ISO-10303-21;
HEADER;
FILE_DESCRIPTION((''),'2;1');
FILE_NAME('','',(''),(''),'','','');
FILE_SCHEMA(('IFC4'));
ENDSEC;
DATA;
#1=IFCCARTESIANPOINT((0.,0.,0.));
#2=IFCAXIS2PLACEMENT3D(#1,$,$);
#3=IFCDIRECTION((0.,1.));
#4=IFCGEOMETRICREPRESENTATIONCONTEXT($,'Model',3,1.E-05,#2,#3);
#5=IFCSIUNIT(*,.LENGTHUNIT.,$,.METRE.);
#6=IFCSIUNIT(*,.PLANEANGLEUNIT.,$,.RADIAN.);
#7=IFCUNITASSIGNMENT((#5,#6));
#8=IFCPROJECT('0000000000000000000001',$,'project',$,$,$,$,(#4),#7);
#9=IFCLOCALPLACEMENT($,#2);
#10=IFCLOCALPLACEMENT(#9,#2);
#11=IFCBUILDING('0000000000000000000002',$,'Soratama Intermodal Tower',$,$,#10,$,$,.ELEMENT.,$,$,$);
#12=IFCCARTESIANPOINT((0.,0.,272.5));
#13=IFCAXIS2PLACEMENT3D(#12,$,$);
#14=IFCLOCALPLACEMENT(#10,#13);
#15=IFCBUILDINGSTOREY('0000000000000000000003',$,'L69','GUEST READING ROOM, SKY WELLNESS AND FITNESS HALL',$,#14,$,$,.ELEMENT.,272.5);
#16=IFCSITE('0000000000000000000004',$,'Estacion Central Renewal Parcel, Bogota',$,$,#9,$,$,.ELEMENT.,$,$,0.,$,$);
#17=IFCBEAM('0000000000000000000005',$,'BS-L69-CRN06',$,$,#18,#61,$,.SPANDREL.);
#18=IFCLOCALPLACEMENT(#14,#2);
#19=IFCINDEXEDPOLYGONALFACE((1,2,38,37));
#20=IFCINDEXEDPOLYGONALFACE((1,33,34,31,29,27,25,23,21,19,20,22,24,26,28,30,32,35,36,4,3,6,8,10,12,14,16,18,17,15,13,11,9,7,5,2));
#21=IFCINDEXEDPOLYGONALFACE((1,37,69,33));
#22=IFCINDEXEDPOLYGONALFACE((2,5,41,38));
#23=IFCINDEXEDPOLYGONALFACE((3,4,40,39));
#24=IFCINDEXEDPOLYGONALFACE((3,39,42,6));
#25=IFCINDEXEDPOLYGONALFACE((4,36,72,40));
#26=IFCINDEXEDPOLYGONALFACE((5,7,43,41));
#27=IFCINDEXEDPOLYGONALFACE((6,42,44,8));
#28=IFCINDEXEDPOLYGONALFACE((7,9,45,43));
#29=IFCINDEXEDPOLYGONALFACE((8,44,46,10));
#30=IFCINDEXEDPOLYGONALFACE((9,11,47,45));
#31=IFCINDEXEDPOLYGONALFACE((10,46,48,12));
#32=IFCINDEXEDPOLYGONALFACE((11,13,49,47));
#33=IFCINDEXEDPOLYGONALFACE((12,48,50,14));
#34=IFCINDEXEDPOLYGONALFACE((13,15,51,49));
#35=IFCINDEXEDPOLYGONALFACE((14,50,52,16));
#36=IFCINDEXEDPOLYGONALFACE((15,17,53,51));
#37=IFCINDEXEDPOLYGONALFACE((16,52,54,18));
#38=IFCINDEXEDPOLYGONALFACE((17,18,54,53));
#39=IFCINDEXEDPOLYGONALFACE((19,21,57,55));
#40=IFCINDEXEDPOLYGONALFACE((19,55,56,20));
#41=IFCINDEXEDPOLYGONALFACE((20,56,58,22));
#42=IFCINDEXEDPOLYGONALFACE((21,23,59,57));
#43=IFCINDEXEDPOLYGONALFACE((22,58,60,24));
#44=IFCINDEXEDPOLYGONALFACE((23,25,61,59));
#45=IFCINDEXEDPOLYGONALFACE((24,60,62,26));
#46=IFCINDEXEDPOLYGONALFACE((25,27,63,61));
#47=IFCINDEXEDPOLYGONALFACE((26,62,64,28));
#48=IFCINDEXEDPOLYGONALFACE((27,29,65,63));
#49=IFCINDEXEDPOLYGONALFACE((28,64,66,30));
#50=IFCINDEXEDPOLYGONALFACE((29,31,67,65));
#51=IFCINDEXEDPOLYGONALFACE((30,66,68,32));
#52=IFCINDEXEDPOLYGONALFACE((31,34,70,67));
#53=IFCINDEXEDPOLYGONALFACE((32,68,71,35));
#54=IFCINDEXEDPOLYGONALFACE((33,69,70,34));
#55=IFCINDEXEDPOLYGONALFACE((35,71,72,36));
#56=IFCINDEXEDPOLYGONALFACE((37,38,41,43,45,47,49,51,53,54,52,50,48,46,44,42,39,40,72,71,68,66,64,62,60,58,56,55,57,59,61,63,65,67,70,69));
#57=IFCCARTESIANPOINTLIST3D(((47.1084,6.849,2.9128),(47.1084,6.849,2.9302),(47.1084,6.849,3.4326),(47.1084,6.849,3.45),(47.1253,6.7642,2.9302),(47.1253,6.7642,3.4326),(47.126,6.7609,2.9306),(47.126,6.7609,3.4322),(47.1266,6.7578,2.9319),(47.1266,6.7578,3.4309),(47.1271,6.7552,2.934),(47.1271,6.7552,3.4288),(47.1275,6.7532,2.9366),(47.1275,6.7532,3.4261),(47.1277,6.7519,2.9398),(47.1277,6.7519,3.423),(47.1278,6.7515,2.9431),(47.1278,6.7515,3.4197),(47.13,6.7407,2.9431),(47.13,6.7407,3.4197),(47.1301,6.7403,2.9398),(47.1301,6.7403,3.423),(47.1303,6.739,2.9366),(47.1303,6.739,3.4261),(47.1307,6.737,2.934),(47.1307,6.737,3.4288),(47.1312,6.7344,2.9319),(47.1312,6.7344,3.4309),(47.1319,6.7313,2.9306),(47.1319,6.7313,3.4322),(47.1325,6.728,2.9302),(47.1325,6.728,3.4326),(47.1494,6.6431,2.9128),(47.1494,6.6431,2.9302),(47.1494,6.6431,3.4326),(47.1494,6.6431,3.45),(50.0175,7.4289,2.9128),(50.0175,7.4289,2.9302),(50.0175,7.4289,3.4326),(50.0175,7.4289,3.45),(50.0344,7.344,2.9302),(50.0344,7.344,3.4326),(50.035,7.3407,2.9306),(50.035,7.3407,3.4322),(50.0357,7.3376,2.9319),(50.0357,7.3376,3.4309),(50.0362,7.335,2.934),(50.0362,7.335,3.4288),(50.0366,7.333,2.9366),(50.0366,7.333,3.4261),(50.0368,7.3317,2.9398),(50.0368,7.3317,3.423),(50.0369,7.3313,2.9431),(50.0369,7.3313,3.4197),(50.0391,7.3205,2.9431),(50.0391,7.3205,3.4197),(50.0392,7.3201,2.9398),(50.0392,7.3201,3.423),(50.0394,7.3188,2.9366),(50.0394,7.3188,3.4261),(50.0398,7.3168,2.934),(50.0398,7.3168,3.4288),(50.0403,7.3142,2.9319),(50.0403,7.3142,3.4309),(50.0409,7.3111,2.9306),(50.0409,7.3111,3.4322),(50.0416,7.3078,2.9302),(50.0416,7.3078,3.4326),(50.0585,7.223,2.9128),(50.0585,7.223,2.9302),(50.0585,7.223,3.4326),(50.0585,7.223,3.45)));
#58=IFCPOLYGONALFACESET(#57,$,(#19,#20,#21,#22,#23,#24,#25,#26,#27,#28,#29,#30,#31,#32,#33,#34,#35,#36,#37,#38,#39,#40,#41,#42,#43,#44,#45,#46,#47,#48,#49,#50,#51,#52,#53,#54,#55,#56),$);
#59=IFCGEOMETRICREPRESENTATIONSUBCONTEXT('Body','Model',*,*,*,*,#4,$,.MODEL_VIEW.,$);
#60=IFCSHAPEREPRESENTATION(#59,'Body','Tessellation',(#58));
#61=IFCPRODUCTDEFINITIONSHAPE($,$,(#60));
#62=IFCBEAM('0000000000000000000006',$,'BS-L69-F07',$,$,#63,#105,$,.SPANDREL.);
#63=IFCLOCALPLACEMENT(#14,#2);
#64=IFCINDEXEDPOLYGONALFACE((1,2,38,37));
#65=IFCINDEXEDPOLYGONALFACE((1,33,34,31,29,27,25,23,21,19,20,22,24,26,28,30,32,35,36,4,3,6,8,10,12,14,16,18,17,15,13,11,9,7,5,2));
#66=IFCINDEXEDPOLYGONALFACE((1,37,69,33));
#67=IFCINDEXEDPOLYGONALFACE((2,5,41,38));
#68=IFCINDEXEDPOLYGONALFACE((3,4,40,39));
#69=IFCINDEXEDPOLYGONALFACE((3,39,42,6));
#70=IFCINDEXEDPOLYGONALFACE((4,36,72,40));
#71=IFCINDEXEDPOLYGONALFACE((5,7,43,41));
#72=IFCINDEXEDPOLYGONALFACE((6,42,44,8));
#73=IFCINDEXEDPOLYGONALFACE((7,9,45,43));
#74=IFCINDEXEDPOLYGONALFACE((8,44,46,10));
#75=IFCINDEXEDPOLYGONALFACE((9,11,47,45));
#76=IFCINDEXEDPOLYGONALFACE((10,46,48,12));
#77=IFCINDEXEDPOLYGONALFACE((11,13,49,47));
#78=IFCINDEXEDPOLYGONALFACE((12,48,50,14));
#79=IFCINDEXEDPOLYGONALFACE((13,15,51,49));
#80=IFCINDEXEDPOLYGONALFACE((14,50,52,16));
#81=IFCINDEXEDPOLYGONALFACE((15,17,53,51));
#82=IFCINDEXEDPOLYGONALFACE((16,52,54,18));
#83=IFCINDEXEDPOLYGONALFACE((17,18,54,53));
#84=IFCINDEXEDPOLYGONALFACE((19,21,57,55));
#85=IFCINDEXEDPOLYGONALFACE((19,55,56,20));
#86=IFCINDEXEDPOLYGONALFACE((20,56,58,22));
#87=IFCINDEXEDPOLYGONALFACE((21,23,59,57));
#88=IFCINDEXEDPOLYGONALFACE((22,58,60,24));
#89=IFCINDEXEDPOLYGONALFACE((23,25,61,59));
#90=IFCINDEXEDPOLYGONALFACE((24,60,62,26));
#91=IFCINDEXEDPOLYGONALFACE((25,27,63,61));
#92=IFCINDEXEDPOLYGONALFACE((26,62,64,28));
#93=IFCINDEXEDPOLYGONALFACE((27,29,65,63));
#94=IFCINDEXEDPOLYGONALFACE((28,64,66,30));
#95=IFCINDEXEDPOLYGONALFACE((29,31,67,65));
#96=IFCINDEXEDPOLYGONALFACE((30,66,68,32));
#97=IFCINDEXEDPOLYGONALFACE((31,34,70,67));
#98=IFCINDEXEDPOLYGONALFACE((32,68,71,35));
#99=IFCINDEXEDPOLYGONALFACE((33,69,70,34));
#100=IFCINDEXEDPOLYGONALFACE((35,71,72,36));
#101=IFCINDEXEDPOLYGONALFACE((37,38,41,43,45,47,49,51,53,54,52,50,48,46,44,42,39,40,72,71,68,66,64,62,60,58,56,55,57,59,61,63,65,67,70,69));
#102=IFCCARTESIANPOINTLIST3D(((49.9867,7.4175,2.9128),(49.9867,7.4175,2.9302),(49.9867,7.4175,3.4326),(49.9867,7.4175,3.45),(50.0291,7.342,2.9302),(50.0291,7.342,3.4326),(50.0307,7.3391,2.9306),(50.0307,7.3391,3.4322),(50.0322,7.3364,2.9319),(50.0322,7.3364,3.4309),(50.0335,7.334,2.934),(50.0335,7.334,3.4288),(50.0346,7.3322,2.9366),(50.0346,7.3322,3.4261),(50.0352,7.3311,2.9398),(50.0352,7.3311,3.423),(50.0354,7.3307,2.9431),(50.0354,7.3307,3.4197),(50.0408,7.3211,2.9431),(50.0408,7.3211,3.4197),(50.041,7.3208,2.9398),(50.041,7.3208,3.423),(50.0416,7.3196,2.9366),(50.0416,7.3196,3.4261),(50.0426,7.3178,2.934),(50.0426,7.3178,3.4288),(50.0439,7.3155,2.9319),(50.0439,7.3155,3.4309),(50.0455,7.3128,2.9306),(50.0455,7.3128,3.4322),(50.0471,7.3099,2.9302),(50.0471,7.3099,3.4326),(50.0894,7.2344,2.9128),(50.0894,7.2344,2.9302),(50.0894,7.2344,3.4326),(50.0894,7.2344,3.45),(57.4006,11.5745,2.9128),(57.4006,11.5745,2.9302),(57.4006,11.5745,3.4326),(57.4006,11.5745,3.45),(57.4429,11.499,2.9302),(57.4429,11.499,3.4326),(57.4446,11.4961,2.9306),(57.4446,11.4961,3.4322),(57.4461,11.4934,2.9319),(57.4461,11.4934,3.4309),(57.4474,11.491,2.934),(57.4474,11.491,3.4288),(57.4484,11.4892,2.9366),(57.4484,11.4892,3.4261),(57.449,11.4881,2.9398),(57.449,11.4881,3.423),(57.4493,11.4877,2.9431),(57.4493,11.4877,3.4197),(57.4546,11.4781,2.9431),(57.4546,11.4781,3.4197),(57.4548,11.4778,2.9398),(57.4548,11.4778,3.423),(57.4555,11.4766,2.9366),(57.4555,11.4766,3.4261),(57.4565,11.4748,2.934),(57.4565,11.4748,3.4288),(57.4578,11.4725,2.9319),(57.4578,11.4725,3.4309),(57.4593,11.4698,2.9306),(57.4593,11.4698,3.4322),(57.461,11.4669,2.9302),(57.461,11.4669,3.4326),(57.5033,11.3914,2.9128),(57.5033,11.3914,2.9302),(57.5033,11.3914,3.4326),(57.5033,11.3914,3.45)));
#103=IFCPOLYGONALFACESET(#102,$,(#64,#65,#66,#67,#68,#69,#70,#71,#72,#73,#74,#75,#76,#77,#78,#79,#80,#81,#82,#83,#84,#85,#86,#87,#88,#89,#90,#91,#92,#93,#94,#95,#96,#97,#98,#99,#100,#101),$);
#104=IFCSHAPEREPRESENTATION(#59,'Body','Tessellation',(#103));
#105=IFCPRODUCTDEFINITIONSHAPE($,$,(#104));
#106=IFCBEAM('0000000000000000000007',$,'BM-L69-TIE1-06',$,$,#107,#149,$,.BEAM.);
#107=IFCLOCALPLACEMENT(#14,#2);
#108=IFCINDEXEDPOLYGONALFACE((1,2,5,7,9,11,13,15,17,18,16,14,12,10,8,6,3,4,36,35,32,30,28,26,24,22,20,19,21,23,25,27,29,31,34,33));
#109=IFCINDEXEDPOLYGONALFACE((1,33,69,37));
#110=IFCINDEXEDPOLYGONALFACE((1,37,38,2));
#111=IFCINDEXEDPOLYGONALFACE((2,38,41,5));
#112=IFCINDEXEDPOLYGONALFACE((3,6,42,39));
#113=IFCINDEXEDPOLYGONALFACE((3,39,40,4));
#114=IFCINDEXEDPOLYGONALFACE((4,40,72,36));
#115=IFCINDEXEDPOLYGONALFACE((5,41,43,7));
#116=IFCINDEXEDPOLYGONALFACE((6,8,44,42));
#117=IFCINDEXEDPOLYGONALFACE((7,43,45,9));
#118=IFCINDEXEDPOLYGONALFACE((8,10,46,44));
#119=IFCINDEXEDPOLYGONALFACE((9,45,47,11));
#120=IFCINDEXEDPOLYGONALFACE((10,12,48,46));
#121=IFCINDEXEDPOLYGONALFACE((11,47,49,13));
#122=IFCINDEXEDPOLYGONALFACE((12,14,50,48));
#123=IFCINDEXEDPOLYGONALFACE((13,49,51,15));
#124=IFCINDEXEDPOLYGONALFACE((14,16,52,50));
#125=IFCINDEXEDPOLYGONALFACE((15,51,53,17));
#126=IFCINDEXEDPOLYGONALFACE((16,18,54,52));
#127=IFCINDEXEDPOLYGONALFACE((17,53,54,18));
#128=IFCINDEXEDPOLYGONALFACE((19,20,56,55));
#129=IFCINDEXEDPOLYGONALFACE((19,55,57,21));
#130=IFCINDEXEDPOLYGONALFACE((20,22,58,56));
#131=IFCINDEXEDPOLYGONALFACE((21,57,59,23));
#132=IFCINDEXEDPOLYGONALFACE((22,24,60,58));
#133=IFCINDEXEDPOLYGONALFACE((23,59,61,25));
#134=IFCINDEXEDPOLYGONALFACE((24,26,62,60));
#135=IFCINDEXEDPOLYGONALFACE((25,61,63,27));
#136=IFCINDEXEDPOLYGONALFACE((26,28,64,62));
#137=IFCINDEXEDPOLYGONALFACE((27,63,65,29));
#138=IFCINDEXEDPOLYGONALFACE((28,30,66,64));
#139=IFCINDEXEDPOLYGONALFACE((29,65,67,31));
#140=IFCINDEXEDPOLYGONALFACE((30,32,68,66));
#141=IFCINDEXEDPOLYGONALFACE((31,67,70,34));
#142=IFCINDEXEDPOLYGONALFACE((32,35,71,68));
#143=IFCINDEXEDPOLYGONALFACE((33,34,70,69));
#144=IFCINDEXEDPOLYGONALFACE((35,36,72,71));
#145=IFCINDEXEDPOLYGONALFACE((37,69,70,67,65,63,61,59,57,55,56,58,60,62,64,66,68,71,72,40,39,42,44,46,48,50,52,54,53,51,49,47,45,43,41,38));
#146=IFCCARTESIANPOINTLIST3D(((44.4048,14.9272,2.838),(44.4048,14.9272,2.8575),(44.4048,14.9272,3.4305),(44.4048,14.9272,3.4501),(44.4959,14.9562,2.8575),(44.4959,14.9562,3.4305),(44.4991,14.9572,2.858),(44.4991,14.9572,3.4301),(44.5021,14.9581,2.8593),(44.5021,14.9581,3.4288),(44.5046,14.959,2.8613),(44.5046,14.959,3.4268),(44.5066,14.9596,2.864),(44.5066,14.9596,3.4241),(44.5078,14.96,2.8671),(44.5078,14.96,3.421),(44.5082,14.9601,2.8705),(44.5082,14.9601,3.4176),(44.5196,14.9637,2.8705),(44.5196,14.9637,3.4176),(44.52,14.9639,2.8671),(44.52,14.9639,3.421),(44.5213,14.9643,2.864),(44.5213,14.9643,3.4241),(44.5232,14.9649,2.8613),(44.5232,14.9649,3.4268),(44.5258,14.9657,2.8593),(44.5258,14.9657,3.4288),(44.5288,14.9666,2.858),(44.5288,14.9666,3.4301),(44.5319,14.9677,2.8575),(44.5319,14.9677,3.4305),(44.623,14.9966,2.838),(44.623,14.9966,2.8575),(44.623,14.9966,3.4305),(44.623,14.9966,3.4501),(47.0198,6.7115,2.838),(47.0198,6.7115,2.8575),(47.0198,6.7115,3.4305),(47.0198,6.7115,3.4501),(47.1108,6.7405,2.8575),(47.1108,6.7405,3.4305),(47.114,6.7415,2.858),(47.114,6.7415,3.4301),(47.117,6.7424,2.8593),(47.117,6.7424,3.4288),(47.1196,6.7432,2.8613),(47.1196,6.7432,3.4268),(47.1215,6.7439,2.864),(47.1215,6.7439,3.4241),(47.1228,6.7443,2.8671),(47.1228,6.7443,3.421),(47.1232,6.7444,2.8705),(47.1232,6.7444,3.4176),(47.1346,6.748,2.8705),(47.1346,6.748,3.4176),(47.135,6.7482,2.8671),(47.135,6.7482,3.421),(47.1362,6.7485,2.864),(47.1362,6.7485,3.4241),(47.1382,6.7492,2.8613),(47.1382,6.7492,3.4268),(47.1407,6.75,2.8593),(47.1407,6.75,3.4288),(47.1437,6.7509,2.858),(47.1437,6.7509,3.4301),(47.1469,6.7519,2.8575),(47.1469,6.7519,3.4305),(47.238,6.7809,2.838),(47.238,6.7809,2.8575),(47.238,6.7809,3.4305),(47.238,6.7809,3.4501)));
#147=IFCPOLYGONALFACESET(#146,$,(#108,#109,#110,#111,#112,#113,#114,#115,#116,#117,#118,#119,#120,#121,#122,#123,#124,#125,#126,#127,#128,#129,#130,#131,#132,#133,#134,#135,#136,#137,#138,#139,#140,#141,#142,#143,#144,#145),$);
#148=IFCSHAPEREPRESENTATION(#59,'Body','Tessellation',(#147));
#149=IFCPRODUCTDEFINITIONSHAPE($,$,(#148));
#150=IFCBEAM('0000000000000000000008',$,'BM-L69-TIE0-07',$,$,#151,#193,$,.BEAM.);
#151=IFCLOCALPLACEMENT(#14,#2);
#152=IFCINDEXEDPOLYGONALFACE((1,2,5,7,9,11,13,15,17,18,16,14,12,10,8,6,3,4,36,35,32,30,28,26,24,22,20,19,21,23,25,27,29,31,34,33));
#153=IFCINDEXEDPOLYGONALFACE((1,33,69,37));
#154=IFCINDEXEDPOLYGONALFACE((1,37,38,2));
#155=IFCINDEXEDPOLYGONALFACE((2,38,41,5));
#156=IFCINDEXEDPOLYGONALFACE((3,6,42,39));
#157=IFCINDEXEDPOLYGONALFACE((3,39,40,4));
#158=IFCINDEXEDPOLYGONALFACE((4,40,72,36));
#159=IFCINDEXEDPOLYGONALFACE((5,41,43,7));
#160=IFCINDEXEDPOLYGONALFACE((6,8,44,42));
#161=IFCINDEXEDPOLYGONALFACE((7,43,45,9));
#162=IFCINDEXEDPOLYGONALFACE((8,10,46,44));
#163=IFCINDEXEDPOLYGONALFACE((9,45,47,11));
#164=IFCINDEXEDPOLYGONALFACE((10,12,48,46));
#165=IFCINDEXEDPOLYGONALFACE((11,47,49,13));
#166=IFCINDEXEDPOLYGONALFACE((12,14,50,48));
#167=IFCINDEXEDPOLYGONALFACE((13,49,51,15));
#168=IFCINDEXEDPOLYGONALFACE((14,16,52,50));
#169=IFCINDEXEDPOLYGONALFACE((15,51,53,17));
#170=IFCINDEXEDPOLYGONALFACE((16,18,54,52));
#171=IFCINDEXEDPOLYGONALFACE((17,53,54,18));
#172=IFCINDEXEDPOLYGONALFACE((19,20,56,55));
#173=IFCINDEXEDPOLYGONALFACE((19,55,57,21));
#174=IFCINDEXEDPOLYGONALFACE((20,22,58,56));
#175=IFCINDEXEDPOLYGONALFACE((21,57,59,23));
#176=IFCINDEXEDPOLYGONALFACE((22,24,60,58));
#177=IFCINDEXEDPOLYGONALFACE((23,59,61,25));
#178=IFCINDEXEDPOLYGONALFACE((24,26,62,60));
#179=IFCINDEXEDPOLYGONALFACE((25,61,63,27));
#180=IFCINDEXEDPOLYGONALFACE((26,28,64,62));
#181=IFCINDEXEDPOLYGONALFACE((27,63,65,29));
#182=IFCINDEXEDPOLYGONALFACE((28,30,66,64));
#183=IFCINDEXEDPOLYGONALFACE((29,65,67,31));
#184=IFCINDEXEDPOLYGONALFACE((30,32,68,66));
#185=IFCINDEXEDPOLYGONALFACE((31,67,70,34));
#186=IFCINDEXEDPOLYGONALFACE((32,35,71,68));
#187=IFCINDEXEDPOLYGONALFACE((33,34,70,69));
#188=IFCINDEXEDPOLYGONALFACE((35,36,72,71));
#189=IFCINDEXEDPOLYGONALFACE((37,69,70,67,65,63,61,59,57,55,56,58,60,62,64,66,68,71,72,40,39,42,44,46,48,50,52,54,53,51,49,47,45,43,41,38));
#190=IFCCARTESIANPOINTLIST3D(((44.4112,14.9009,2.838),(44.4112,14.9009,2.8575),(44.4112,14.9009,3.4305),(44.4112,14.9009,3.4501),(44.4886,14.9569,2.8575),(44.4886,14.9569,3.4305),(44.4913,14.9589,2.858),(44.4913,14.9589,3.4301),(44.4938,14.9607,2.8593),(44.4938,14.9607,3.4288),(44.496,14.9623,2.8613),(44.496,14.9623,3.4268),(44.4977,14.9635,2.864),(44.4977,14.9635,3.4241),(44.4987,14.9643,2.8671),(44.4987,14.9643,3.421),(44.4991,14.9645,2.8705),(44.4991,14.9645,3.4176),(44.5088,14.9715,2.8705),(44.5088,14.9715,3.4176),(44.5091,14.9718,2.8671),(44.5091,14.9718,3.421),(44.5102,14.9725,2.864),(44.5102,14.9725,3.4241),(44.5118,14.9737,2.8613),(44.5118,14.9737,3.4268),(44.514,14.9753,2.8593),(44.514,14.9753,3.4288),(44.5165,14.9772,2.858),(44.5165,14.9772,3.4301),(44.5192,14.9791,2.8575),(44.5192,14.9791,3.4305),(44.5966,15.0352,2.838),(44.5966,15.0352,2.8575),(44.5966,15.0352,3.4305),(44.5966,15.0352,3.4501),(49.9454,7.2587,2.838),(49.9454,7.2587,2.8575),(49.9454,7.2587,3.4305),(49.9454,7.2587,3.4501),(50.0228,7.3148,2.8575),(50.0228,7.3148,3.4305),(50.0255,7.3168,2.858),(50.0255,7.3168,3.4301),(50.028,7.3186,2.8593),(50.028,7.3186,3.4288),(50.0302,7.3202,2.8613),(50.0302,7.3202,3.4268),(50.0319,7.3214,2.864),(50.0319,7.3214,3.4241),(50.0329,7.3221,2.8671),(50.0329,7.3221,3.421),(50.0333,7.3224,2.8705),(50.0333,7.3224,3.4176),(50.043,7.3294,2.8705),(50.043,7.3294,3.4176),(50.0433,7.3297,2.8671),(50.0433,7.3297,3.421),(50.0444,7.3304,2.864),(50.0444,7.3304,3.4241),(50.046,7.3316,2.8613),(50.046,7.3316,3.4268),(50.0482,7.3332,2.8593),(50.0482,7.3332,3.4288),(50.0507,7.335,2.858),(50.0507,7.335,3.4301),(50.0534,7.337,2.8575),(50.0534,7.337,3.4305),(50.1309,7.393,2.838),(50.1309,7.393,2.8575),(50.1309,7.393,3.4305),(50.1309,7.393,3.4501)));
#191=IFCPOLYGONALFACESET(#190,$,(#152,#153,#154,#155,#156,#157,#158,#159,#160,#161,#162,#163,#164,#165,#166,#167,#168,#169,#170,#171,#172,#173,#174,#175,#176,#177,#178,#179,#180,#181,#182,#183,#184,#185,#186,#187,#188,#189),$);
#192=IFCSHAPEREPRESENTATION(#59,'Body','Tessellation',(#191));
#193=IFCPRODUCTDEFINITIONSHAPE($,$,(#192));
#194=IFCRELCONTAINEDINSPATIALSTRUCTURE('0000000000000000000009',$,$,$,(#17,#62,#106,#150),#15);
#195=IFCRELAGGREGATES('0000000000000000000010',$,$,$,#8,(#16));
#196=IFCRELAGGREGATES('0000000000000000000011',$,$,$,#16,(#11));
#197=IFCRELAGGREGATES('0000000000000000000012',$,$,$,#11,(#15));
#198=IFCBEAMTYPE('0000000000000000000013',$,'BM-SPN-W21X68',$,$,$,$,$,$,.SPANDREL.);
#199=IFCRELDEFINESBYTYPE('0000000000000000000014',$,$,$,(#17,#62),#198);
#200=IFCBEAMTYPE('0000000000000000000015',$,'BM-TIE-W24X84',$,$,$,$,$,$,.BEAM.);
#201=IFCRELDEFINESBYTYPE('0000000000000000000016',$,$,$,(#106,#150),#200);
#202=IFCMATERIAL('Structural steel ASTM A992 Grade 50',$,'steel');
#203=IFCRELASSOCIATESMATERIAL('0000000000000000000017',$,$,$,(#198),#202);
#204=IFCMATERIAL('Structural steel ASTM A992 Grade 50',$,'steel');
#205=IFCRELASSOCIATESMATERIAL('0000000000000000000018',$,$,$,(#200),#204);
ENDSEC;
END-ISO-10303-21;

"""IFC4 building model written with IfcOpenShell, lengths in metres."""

from ifc_helpers import new_model, si_unit, direction, frame, origin, origin_2d, place, context, subcontext, project, spatial, i_section, extrude, material, material_profile, profile_set, type_object, element, save


model = new_model("IFC4")

# Units and contexts
model_context = context("Model", 3, precision=1e-05, world=origin(), true_north=direction((0.0, 1.0)))
body_context = subcontext(model_context, "Body", "Model", "MODEL_VIEW")
ifc_project = project(units=[si_unit("LENGTHUNIT", "METRE"), si_unit("PLANEANGLEUNIT", "RADIAN")], contexts=[model_context])

# Site, building, storey
site_placement = place(None, origin())
site = spatial("IfcSite", under=ifc_project, at=site_placement, Name="Estacion Central Renewal Parcel, Bogota", CompositionType="ELEMENT", RefElevation=0.0)
building_placement = place(site_placement, origin())
building = spatial("IfcBuilding", under=site, at=building_placement, Name="Soratama Intermodal Tower", CompositionType="ELEMENT")
storey_placement = place(building_placement, frame((0.0, 0.0, 272.5)))
storey = spatial("IfcBuildingStorey", under=building, at=storey_placement, Name="L69", Description="GUEST READING ROOM, SKY WELLNESS AND FITNESS HALL", CompositionType="ELEMENT", Elevation=272.5)

# Beams
ifc_material_1 = material(Name="Structural steel ASTM A992 Grade 50", Category="steel")
ifc_material_profile_1 = material_profile(ifc_material_1, i_section(OverallWidth=0.21, OverallDepth=0.5371, WebThickness=0.011, FlangeThickness=0.0173, FilletRadius=0.0129, at=origin_2d()), Name="W21X68")
ifc_profile_set_1 = profile_set([ifc_material_profile_1], Name="Structural steel ASTM A992 Grade 50")
beam_type_1 = type_object("IfcBeamType", Name="BM-SPN-W21X68", PredefinedType="SPANDREL", material=ifc_profile_set_1)
beam_1_placement = place(storey_placement, frame((47.1289, 6.7461, 3.1814), z_axis=(0.98071, 0.195467, 0.0), x_axis=(-0.195467, 0.98071, 0.0)))
element("IfcBeam", 1, at=beam_1_placement, inside=storey, type_object=beam_type_1, Name="BS-L69-CRN06", PredefinedType="SPANDREL", context=body_context, shape_type="SweptSolid", body=[
    extrude(i_section(OverallWidth=0.21, OverallDepth=0.5371, WebThickness=0.011, FlangeThickness=0.0173, FilletRadius=0.0129, at=origin_2d()), origin(), (0.0, 0.0, 1.0), 2.9663),
])
beam_2_placement = place(storey_placement, frame((50.0381, 7.3259, 3.1814), z_axis=(0.872243, 0.489073, 0.0), x_axis=(-0.489073, 0.872243, 0.0)))
element("IfcBeam", 2, at=beam_2_placement, inside=storey, type_object=beam_type_1, Name="BS-L69-F07", PredefinedType="SPANDREL", context=body_context, shape_type="SweptSolid", body=[
    extrude(i_section(OverallWidth=0.21, OverallDepth=0.5371, WebThickness=0.011, FlangeThickness=0.0173, FilletRadius=0.0129, at=origin_2d()), origin(), (0.0, 0.0, 1.0), 8.4998),
])
ifc_material_2 = material(Name="Structural steel ASTM A992 Grade 50", Category="steel")
ifc_material_profile_2 = material_profile(ifc_material_2, i_section(OverallWidth=0.229, OverallDepth=0.6121, WebThickness=0.012, FlangeThickness=0.0195, FilletRadius=0.0129, at=origin_2d()), Name="W24X84")
ifc_profile_set_2 = profile_set([ifc_material_profile_2], Name="Structural steel ASTM A992 Grade 50")
beam_type_2 = type_object("IfcBeamType", Name="BM-TIE-W24X84", PredefinedType="BEAM", material=ifc_profile_set_2)
beam_3_placement = place(storey_placement, frame((44.5139, 14.9619, 3.144), z_axis=(0.303295, -0.952897, 0.0), x_axis=(0.952897, 0.303295, 0.0)))
element("IfcBeam", 3, at=beam_3_placement, inside=storey, type_object=beam_type_2, Name="BM-L69-TIE1-06", PredefinedType="BEAM", context=body_context, shape_type="SweptSolid", body=[
    extrude(i_section(OverallWidth=0.229, OverallDepth=0.6121, WebThickness=0.012, FlangeThickness=0.0195, FilletRadius=0.0129, at=origin_2d()), origin(), (0.0, 0.0, 1.0), 8.6218),
])
beam_4_placement = place(storey_placement, frame((44.5039, 14.968, 3.144), z_axis=(0.586527, -0.809929, 0.0), x_axis=(0.809929, 0.586527, 0.0)))
element("IfcBeam", 4, at=beam_4_placement, inside=storey, type_object=beam_type_2, Name="BM-L69-TIE0-07", PredefinedType="BEAM", context=body_context, shape_type="SweptSolid", body=[
    extrude(i_section(OverallWidth=0.229, OverallDepth=0.6121, WebThickness=0.012, FlangeThickness=0.0195, FilletRadius=0.0129, at=origin_2d()), origin(), (0.0, 0.0, 1.0), 9.4355),
])

save(model, "model.ifc")
